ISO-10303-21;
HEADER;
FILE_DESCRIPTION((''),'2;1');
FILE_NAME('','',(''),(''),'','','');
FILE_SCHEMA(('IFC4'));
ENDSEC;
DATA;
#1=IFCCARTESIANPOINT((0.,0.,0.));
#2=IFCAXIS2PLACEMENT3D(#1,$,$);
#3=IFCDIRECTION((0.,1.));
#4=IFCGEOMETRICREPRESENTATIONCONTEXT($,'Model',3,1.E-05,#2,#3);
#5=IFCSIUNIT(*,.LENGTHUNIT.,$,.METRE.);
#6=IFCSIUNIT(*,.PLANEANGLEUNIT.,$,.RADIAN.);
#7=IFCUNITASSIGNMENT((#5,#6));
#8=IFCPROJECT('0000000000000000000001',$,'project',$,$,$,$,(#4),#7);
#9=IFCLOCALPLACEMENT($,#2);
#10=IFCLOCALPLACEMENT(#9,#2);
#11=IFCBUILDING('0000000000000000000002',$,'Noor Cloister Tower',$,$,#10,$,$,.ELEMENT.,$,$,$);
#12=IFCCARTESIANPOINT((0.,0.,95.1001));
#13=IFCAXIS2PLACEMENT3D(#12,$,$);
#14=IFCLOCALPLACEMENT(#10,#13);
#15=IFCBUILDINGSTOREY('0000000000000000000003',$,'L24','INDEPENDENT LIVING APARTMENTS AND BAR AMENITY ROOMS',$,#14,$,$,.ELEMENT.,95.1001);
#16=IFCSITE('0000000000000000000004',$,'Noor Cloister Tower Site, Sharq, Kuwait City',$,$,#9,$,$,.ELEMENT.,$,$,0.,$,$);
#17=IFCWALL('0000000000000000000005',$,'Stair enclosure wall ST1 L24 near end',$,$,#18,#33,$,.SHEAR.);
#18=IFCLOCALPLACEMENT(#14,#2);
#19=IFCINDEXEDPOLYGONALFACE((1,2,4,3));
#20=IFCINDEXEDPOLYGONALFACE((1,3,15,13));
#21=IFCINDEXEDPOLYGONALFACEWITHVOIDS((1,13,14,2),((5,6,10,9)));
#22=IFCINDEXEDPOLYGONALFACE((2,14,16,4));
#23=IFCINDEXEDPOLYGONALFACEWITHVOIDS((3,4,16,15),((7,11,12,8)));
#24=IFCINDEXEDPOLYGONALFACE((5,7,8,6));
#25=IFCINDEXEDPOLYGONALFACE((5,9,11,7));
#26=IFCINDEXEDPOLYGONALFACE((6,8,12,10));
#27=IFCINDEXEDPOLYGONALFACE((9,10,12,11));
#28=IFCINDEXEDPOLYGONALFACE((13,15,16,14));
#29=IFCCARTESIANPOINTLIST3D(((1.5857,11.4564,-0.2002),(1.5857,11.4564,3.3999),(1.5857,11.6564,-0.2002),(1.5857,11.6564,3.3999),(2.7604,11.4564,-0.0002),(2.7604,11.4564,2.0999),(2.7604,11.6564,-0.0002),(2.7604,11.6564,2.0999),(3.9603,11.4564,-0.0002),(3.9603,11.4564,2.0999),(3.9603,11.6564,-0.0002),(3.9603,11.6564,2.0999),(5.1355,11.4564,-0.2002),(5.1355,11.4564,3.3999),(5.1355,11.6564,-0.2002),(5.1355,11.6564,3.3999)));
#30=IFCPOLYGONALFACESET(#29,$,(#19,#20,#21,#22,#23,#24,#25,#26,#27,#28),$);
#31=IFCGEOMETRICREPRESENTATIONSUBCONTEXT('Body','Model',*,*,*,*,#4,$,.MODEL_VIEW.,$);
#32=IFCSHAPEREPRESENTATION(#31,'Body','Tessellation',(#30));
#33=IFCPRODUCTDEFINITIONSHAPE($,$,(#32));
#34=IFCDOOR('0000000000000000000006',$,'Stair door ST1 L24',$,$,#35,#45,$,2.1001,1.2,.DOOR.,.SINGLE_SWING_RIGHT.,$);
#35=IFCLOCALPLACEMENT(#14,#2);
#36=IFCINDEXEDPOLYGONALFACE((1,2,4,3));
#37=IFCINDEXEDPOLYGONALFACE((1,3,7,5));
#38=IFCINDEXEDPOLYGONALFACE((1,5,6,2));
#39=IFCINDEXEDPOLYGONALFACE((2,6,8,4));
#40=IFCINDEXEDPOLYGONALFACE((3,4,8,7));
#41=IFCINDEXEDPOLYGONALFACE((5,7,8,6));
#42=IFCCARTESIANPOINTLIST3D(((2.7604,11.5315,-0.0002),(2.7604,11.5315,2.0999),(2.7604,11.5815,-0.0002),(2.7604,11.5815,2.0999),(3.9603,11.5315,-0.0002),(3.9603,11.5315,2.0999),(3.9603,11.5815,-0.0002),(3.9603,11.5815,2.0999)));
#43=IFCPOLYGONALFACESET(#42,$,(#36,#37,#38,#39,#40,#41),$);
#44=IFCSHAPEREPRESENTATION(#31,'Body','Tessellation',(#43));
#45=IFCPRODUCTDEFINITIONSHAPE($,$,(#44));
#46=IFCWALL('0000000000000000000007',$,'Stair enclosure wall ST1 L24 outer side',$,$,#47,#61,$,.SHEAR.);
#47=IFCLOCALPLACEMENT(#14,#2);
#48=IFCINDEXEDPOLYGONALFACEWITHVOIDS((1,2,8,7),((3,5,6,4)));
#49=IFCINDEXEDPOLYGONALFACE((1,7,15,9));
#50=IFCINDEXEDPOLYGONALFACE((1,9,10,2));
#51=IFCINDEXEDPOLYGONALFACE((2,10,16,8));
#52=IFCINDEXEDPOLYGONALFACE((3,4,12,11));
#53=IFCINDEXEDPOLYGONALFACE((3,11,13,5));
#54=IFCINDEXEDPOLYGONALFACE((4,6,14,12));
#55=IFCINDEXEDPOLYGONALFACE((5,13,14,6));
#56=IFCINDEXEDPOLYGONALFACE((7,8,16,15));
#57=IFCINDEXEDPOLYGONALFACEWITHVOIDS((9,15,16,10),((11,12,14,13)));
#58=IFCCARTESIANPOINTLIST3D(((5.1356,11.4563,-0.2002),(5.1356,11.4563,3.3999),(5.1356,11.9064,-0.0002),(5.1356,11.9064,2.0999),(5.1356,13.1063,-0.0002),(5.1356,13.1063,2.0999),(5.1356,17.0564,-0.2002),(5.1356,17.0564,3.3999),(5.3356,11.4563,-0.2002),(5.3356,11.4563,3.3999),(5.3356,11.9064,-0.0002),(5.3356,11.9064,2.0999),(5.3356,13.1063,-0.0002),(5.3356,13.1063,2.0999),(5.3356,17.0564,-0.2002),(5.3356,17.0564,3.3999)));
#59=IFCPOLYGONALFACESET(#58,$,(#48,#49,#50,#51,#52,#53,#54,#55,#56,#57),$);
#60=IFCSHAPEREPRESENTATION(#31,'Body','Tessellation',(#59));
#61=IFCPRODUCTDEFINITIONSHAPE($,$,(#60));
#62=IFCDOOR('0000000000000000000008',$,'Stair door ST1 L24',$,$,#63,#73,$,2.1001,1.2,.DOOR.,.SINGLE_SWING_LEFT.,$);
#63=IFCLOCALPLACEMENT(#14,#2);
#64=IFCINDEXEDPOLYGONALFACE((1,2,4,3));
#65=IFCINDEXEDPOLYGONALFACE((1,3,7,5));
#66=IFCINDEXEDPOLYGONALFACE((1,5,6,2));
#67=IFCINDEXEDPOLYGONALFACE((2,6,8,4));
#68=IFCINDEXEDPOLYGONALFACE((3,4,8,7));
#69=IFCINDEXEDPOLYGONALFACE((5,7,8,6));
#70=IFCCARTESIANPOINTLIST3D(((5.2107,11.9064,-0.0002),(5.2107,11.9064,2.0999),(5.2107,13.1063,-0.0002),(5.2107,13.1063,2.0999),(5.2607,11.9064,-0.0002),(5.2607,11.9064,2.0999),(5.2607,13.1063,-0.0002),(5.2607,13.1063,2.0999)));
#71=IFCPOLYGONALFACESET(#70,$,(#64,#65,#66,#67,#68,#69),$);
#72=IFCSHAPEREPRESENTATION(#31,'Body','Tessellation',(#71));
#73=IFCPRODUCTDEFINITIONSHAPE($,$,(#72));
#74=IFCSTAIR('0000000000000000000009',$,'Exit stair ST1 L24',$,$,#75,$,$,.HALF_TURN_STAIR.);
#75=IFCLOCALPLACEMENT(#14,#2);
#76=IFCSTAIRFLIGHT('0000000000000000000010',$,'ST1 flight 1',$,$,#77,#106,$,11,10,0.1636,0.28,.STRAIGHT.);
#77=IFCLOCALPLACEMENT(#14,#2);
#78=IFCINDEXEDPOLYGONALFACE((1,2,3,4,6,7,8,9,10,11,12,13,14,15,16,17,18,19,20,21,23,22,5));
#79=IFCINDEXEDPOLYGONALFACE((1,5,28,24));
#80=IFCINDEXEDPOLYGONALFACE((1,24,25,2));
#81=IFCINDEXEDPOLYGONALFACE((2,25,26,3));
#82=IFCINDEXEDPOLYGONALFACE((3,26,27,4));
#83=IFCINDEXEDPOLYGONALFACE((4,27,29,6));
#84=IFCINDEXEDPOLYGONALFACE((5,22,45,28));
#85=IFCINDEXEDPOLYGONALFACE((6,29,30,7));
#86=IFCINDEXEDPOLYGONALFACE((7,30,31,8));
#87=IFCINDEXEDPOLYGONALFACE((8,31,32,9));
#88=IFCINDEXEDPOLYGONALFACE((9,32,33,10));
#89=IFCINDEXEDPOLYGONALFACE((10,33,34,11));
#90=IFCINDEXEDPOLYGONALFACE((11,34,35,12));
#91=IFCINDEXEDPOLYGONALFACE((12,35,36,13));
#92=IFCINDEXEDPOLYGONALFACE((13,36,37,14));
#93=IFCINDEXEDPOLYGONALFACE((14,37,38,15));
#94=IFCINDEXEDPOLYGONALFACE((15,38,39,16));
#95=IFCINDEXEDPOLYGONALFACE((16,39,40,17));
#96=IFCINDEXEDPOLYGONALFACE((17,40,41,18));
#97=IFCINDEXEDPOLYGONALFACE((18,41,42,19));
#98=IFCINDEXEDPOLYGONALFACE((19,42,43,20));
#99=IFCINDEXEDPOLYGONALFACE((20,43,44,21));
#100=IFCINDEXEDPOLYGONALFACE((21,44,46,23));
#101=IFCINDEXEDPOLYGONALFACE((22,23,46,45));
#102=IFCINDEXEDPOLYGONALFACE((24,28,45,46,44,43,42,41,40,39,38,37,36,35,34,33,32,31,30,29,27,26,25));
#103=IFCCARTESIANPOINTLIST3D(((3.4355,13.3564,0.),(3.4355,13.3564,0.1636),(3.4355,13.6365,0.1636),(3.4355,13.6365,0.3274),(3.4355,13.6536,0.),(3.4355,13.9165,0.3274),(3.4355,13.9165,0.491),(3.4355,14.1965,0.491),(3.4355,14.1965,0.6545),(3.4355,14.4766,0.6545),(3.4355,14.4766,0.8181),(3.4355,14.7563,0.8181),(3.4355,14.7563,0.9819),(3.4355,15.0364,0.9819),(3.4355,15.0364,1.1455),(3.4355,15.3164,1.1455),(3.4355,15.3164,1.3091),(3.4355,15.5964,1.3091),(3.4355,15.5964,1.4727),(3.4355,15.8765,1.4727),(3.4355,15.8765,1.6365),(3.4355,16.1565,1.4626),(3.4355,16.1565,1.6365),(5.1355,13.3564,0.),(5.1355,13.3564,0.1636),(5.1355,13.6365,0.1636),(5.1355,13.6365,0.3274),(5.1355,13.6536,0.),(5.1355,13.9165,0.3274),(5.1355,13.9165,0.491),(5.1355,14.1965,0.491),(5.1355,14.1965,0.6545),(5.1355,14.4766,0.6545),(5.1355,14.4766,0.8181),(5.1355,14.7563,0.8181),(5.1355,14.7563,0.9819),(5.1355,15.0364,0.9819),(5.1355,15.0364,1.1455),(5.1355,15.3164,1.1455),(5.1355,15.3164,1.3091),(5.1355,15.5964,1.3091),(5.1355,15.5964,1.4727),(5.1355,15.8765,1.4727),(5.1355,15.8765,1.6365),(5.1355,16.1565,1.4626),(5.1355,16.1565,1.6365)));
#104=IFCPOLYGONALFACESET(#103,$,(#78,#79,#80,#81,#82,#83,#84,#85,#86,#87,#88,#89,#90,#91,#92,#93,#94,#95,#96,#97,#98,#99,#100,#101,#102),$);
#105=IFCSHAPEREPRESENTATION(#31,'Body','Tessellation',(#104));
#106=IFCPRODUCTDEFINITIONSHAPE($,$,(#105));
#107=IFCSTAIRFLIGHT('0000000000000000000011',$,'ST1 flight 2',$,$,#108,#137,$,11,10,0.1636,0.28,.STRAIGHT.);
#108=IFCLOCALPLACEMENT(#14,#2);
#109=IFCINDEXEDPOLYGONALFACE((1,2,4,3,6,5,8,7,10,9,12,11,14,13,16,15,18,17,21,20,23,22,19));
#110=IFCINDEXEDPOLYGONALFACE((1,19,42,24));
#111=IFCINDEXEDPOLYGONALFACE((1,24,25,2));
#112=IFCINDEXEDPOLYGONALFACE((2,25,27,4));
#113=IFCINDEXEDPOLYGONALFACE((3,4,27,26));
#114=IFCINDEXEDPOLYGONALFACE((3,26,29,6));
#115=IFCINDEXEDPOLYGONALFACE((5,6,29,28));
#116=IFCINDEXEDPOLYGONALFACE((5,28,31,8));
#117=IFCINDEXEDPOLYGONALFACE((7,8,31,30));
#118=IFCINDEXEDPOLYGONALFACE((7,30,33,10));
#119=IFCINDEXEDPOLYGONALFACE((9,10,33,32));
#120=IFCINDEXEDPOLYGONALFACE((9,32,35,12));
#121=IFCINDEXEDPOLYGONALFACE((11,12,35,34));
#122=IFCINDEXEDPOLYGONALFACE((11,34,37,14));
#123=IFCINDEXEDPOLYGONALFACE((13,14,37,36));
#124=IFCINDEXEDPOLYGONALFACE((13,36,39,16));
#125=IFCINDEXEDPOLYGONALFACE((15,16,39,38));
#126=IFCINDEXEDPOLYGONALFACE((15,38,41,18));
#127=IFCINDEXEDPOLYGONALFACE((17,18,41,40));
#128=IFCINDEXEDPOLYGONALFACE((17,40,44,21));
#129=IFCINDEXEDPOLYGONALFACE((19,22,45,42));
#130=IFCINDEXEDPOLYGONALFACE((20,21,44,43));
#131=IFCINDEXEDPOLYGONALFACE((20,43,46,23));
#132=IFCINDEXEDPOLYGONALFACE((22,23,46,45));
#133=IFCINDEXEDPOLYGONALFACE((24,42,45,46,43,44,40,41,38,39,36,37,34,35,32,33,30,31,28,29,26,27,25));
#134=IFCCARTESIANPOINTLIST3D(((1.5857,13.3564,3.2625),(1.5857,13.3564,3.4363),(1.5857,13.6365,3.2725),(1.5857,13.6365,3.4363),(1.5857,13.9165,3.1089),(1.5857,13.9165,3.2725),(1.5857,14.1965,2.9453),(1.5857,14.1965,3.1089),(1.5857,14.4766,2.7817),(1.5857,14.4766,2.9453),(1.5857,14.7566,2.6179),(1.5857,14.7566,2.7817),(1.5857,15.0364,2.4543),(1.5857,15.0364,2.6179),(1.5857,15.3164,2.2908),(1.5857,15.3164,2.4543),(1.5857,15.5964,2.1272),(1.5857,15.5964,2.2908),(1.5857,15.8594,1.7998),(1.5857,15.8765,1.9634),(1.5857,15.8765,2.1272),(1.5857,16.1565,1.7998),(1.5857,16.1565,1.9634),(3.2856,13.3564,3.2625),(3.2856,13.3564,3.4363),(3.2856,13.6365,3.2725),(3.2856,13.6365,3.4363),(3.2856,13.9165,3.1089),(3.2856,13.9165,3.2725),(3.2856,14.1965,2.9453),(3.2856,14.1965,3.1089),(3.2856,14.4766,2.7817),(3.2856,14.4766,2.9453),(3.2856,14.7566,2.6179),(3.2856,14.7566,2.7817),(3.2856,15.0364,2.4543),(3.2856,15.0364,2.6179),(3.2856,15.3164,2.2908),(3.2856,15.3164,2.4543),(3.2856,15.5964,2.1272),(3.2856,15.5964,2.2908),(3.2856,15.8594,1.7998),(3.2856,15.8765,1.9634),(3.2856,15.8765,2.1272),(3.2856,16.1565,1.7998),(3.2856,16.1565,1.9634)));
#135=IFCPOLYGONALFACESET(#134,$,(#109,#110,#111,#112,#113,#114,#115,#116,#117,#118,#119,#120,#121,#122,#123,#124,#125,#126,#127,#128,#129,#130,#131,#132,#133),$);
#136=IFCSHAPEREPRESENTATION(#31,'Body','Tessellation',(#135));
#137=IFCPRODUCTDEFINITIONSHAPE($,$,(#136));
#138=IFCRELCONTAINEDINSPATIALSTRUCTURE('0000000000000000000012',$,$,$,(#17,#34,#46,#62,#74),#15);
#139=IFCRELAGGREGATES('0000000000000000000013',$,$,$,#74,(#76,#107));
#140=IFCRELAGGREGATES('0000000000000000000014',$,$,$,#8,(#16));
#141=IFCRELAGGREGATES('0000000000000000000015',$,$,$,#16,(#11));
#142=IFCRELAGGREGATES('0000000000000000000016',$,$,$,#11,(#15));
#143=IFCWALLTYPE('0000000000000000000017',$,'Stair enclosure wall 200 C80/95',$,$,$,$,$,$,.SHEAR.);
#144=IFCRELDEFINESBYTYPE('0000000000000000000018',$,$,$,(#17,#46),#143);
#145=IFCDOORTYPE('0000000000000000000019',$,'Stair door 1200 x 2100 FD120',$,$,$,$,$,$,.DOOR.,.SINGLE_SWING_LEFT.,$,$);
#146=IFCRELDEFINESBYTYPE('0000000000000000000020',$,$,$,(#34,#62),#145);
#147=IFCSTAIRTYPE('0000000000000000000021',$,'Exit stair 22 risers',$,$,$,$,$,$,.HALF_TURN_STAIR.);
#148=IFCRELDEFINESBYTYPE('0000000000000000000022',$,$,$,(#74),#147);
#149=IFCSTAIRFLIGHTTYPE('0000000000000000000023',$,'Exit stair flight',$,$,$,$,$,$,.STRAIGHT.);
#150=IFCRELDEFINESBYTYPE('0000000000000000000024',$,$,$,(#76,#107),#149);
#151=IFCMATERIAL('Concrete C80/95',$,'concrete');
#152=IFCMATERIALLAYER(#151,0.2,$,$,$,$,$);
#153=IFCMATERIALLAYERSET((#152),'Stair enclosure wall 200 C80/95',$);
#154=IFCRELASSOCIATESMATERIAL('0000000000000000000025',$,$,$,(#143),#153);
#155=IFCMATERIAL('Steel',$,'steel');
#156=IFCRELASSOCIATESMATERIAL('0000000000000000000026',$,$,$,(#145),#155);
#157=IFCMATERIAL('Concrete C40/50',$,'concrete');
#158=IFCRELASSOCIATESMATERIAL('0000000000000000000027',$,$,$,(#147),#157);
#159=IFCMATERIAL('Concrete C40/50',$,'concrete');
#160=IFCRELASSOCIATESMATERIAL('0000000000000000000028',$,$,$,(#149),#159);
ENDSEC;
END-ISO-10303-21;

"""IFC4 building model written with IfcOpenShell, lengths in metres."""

from ifc_helpers import new_model, si_unit, direction, frame, frame_2d, origin, place, context, subcontext, project, spatial, polyline, rectangle, outline, extrude, material, layer, layer_set, type_object, element, fill, aggregate, save


model = new_model("IFC4")

# Units and contexts
model_context = context("Model", 3, precision=1e-05, world=origin(), true_north=direction((0.0, 1.0)))
body_context = subcontext(model_context, "Body", "Model", "MODEL_VIEW")
ifc_project = project(units=[si_unit("LENGTHUNIT", "METRE"), si_unit("PLANEANGLEUNIT", "RADIAN")], contexts=[model_context])

# Site, building, storey
site_placement = place(None, origin())
site = spatial("IfcSite", under=ifc_project, at=site_placement, Name="Noor Cloister Tower Site, Sharq, Kuwait City", CompositionType="ELEMENT", RefElevation=0.0)
building_placement = place(site_placement, origin())
building = spatial("IfcBuilding", under=site, at=building_placement, Name="Noor Cloister Tower", CompositionType="ELEMENT")
storey_placement = place(building_placement, frame((0.0, 0.0, 95.1001)))
storey = spatial("IfcBuildingStorey", under=building, at=storey_placement, Name="L24", Description="INDEPENDENT LIVING APARTMENTS AND BAR AMENITY ROOMS", CompositionType="ELEMENT", Elevation=95.1001)

# Walls, openings, doors
ifc_material_1 = material(Name="Concrete C80/95", Category="concrete")
ifc_layer_1 = layer(ifc_material_1, 0.2)
ifc_layer_set_1 = layer_set([ifc_layer_1], Name="Stair enclosure wall 200 C80/95")
wall_type_1 = type_object("IfcWallType", Name="Stair enclosure wall 200 C80/95", PredefinedType="SHEAR", material=ifc_layer_set_1)
wall_1_placement = place(storey_placement, frame((5.1355, 11.5564, -0.2002), z_axis=(0.0, 0.0, 1.0), x_axis=(-1.0, 0.0, 0.0)))
wall_1 = element("IfcWall", 1, at=wall_1_placement, inside=storey, type_object=wall_type_1, Name="Stair enclosure wall ST1 L24 near end", PredefinedType="SHEAR", context=body_context, shape_type="SweptSolid", body=[
    extrude(rectangle(XDim=3.5498, YDim=0.2, at=frame_2d((1.7749, 0.0))), origin(), (0.0, 0.0, 1.0), 3.6001),
])
opening_1_placement = place(wall_1_placement, frame((1.175, 0.0, 0.2)))
opening_1 = element("IfcOpeningElement", 2, at=opening_1_placement, cuts=wall_1, PredefinedType="OPENING", context=body_context, shape_type="SweptSolid", body=[
    extrude(rectangle(XDim=1.2, YDim=2.1001, at=frame_2d((0.6001, 1.05))), frame((0.0, 0.1099, 0.0), z_axis=(0.0, -1.0, 0.0), x_axis=(1.0, 0.0, 0.0)), (0.0, 0.0, 1.0), 0.22),
])
ifc_material_2 = material(Name="Steel", Category="steel")
door_type_1 = type_object("IfcDoorType", Name="Stair door 1200 x 2100 FD120", OperationType="SINGLE_SWING_LEFT", PredefinedType="DOOR", material=ifc_material_2)
door_1_placement = place(opening_1_placement, origin())
door_1 = element("IfcDoor", 3, at=door_1_placement, inside=storey, type_object=door_type_1, Name="Stair door ST1 L24", OperationType="SINGLE_SWING_RIGHT", OverallHeight=2.1001, OverallWidth=1.2, PredefinedType="DOOR", context=body_context, shape_type="SweptSolid", body=[
    extrude(rectangle(XDim=1.2, YDim=2.1001, at=frame_2d((0.6001, 1.05))), frame((0.0, 0.0249, 0.0), z_axis=(0.0, -1.0, 0.0), x_axis=(1.0, 0.0, 0.0)), (0.0, 0.0, 1.0), 0.05),
])
fill(opening_1, door_1)
wall_2_placement = place(storey_placement, frame((5.2356, 11.4563, -0.2002), z_axis=(0.0, 0.0, 1.0), x_axis=(0.0, 1.0, 0.0)))
wall_2 = element("IfcWall", 4, at=wall_2_placement, inside=storey, type_object=wall_type_1, Name="Stair enclosure wall ST1 L24 outer side", PredefinedType="SHEAR", context=body_context, shape_type="SweptSolid", body=[
    extrude(rectangle(XDim=5.6001, YDim=0.2, at=frame_2d((2.8, 0.0))), origin(), (0.0, 0.0, 1.0), 3.6001),
])
opening_2_placement = place(wall_2_placement, frame((0.45, 0.0, 0.2)))
opening_2 = element("IfcOpeningElement", 5, at=opening_2_placement, cuts=wall_2, PredefinedType="OPENING", context=body_context, shape_type="SweptSolid", body=[
    extrude(rectangle(XDim=1.2, YDim=2.1001, at=frame_2d((0.6001, 1.05))), frame((0.0, 0.1099, 0.0), z_axis=(0.0, -1.0, 0.0), x_axis=(1.0, 0.0, 0.0)), (0.0, 0.0, 1.0), 0.22),
])
door_2_placement = place(opening_2_placement, origin())
door_2 = element("IfcDoor", 6, at=door_2_placement, inside=storey, type_object=door_type_1, Name="Stair door ST1 L24", OperationType="SINGLE_SWING_LEFT", OverallHeight=2.1001, OverallWidth=1.2, PredefinedType="DOOR", context=body_context, shape_type="SweptSolid", body=[
    extrude(rectangle(XDim=1.2, YDim=2.1001, at=frame_2d((0.6001, 1.05))), frame((0.0, 0.0249, 0.0), z_axis=(0.0, -1.0, 0.0), x_axis=(1.0, 0.0, 0.0)), (0.0, 0.0, 1.0), 0.05),
])
fill(opening_2, door_2)

# Stair, stair flights
ifc_material_3 = material(Name="Concrete C40/50", Category="concrete")
stair_type = type_object("IfcStairType", Name="Exit stair 22 risers", PredefinedType="HALF_TURN_STAIR", material=ifc_material_3)
stair_placement = place(storey_placement, origin())
stair = element("IfcStair", 7, at=stair_placement, inside=storey, type_object=stair_type, Name="Exit stair ST1 L24", PredefinedType="HALF_TURN_STAIR")
ifc_material_4 = material(Name="Concrete C40/50", Category="concrete")
stair_flight_type = type_object("IfcStairFlightType", Name="Exit stair flight", PredefinedType="STRAIGHT", material=ifc_material_4)
stair_flight_1_placement = place(storey_placement, frame((4.2856, 13.3564, 0.0), z_axis=(0.0, 0.0, 1.0), x_axis=(0.0, 1.0, 0.0)))
stair_flight_1 = element("IfcStairFlight", 8, at=stair_flight_1_placement, type_object=stair_flight_type, Name="ST1 flight 1", NumberOfRisers=11, NumberOfTreads=10, PredefinedType="STRAIGHT", RiserHeight=0.1636, TreadLength=0.28, context=body_context, shape_type="SweptSolid", body=[
    extrude(outline(polyline([(0.0, 0.0), (0.0, 0.1636), (0.28, 0.1636), (0.28, 0.3274), (0.5601, 0.3274), (0.5601, 0.491), (0.8401, 0.491), (0.8401, 0.6545), (1.1201, 0.6545), (1.1201, 0.8181), (1.3999, 0.8181), (1.3999, 0.9819), (1.6799, 0.9819), (1.6799, 1.1455), (1.96, 1.1455), (1.96, 1.3091), (2.24, 1.3091), (2.24, 1.4727), (2.52, 1.4727), (2.52, 1.6365), (2.8, 1.6365), (2.8, 1.8), (2.8, 1.4626), (0.2971, 0.0), (0.0, 0.0)])), frame((0.0, 0.8501, 0.0), z_axis=(0.0, -1.0, 0.0), x_axis=(1.0, 0.0, 0.0)), (0.0, 0.0, 1.0), 1.7),
])
stair_flight_2_placement = place(storey_placement, frame((2.4355, 16.1565, 1.7998), z_axis=(0.0, 0.0, 1.0), x_axis=(0.0, -1.0, 0.0)))
stair_flight_2 = element("IfcStairFlight", 9, at=stair_flight_2_placement, type_object=stair_flight_type, Name="ST1 flight 2", NumberOfRisers=11, NumberOfTreads=10, PredefinedType="STRAIGHT", RiserHeight=0.1636, TreadLength=0.28, context=body_context, shape_type="SweptSolid", body=[
    extrude(outline(polyline([(0.0, 0.0), (0.0, 0.1636), (0.28, 0.1636), (0.28, 0.3274), (0.5601, 0.3274), (0.5601, 0.491), (0.8401, 0.491), (0.8401, 0.6545), (1.1201, 0.6545), (1.1201, 0.8181), (1.3999, 0.8181), (1.3999, 0.9819), (1.6799, 0.9819), (1.6799, 1.1455), (1.96, 1.1455), (1.96, 1.3091), (2.24, 1.3091), (2.24, 1.4727), (2.52, 1.4727), (2.52, 1.6365), (2.8, 1.6365), (2.8, 1.8), (2.8, 1.4626), (0.2971, 0.0), (0.0, 0.0)])), frame((0.0, 0.8501, 0.0), z_axis=(0.0, -1.0, 0.0), x_axis=(1.0, 0.0, 0.0)), (0.0, 0.0, 1.0), 1.7),
])
aggregate(stair, [stair_flight_1, stair_flight_2])

save(model, "model.ifc")
